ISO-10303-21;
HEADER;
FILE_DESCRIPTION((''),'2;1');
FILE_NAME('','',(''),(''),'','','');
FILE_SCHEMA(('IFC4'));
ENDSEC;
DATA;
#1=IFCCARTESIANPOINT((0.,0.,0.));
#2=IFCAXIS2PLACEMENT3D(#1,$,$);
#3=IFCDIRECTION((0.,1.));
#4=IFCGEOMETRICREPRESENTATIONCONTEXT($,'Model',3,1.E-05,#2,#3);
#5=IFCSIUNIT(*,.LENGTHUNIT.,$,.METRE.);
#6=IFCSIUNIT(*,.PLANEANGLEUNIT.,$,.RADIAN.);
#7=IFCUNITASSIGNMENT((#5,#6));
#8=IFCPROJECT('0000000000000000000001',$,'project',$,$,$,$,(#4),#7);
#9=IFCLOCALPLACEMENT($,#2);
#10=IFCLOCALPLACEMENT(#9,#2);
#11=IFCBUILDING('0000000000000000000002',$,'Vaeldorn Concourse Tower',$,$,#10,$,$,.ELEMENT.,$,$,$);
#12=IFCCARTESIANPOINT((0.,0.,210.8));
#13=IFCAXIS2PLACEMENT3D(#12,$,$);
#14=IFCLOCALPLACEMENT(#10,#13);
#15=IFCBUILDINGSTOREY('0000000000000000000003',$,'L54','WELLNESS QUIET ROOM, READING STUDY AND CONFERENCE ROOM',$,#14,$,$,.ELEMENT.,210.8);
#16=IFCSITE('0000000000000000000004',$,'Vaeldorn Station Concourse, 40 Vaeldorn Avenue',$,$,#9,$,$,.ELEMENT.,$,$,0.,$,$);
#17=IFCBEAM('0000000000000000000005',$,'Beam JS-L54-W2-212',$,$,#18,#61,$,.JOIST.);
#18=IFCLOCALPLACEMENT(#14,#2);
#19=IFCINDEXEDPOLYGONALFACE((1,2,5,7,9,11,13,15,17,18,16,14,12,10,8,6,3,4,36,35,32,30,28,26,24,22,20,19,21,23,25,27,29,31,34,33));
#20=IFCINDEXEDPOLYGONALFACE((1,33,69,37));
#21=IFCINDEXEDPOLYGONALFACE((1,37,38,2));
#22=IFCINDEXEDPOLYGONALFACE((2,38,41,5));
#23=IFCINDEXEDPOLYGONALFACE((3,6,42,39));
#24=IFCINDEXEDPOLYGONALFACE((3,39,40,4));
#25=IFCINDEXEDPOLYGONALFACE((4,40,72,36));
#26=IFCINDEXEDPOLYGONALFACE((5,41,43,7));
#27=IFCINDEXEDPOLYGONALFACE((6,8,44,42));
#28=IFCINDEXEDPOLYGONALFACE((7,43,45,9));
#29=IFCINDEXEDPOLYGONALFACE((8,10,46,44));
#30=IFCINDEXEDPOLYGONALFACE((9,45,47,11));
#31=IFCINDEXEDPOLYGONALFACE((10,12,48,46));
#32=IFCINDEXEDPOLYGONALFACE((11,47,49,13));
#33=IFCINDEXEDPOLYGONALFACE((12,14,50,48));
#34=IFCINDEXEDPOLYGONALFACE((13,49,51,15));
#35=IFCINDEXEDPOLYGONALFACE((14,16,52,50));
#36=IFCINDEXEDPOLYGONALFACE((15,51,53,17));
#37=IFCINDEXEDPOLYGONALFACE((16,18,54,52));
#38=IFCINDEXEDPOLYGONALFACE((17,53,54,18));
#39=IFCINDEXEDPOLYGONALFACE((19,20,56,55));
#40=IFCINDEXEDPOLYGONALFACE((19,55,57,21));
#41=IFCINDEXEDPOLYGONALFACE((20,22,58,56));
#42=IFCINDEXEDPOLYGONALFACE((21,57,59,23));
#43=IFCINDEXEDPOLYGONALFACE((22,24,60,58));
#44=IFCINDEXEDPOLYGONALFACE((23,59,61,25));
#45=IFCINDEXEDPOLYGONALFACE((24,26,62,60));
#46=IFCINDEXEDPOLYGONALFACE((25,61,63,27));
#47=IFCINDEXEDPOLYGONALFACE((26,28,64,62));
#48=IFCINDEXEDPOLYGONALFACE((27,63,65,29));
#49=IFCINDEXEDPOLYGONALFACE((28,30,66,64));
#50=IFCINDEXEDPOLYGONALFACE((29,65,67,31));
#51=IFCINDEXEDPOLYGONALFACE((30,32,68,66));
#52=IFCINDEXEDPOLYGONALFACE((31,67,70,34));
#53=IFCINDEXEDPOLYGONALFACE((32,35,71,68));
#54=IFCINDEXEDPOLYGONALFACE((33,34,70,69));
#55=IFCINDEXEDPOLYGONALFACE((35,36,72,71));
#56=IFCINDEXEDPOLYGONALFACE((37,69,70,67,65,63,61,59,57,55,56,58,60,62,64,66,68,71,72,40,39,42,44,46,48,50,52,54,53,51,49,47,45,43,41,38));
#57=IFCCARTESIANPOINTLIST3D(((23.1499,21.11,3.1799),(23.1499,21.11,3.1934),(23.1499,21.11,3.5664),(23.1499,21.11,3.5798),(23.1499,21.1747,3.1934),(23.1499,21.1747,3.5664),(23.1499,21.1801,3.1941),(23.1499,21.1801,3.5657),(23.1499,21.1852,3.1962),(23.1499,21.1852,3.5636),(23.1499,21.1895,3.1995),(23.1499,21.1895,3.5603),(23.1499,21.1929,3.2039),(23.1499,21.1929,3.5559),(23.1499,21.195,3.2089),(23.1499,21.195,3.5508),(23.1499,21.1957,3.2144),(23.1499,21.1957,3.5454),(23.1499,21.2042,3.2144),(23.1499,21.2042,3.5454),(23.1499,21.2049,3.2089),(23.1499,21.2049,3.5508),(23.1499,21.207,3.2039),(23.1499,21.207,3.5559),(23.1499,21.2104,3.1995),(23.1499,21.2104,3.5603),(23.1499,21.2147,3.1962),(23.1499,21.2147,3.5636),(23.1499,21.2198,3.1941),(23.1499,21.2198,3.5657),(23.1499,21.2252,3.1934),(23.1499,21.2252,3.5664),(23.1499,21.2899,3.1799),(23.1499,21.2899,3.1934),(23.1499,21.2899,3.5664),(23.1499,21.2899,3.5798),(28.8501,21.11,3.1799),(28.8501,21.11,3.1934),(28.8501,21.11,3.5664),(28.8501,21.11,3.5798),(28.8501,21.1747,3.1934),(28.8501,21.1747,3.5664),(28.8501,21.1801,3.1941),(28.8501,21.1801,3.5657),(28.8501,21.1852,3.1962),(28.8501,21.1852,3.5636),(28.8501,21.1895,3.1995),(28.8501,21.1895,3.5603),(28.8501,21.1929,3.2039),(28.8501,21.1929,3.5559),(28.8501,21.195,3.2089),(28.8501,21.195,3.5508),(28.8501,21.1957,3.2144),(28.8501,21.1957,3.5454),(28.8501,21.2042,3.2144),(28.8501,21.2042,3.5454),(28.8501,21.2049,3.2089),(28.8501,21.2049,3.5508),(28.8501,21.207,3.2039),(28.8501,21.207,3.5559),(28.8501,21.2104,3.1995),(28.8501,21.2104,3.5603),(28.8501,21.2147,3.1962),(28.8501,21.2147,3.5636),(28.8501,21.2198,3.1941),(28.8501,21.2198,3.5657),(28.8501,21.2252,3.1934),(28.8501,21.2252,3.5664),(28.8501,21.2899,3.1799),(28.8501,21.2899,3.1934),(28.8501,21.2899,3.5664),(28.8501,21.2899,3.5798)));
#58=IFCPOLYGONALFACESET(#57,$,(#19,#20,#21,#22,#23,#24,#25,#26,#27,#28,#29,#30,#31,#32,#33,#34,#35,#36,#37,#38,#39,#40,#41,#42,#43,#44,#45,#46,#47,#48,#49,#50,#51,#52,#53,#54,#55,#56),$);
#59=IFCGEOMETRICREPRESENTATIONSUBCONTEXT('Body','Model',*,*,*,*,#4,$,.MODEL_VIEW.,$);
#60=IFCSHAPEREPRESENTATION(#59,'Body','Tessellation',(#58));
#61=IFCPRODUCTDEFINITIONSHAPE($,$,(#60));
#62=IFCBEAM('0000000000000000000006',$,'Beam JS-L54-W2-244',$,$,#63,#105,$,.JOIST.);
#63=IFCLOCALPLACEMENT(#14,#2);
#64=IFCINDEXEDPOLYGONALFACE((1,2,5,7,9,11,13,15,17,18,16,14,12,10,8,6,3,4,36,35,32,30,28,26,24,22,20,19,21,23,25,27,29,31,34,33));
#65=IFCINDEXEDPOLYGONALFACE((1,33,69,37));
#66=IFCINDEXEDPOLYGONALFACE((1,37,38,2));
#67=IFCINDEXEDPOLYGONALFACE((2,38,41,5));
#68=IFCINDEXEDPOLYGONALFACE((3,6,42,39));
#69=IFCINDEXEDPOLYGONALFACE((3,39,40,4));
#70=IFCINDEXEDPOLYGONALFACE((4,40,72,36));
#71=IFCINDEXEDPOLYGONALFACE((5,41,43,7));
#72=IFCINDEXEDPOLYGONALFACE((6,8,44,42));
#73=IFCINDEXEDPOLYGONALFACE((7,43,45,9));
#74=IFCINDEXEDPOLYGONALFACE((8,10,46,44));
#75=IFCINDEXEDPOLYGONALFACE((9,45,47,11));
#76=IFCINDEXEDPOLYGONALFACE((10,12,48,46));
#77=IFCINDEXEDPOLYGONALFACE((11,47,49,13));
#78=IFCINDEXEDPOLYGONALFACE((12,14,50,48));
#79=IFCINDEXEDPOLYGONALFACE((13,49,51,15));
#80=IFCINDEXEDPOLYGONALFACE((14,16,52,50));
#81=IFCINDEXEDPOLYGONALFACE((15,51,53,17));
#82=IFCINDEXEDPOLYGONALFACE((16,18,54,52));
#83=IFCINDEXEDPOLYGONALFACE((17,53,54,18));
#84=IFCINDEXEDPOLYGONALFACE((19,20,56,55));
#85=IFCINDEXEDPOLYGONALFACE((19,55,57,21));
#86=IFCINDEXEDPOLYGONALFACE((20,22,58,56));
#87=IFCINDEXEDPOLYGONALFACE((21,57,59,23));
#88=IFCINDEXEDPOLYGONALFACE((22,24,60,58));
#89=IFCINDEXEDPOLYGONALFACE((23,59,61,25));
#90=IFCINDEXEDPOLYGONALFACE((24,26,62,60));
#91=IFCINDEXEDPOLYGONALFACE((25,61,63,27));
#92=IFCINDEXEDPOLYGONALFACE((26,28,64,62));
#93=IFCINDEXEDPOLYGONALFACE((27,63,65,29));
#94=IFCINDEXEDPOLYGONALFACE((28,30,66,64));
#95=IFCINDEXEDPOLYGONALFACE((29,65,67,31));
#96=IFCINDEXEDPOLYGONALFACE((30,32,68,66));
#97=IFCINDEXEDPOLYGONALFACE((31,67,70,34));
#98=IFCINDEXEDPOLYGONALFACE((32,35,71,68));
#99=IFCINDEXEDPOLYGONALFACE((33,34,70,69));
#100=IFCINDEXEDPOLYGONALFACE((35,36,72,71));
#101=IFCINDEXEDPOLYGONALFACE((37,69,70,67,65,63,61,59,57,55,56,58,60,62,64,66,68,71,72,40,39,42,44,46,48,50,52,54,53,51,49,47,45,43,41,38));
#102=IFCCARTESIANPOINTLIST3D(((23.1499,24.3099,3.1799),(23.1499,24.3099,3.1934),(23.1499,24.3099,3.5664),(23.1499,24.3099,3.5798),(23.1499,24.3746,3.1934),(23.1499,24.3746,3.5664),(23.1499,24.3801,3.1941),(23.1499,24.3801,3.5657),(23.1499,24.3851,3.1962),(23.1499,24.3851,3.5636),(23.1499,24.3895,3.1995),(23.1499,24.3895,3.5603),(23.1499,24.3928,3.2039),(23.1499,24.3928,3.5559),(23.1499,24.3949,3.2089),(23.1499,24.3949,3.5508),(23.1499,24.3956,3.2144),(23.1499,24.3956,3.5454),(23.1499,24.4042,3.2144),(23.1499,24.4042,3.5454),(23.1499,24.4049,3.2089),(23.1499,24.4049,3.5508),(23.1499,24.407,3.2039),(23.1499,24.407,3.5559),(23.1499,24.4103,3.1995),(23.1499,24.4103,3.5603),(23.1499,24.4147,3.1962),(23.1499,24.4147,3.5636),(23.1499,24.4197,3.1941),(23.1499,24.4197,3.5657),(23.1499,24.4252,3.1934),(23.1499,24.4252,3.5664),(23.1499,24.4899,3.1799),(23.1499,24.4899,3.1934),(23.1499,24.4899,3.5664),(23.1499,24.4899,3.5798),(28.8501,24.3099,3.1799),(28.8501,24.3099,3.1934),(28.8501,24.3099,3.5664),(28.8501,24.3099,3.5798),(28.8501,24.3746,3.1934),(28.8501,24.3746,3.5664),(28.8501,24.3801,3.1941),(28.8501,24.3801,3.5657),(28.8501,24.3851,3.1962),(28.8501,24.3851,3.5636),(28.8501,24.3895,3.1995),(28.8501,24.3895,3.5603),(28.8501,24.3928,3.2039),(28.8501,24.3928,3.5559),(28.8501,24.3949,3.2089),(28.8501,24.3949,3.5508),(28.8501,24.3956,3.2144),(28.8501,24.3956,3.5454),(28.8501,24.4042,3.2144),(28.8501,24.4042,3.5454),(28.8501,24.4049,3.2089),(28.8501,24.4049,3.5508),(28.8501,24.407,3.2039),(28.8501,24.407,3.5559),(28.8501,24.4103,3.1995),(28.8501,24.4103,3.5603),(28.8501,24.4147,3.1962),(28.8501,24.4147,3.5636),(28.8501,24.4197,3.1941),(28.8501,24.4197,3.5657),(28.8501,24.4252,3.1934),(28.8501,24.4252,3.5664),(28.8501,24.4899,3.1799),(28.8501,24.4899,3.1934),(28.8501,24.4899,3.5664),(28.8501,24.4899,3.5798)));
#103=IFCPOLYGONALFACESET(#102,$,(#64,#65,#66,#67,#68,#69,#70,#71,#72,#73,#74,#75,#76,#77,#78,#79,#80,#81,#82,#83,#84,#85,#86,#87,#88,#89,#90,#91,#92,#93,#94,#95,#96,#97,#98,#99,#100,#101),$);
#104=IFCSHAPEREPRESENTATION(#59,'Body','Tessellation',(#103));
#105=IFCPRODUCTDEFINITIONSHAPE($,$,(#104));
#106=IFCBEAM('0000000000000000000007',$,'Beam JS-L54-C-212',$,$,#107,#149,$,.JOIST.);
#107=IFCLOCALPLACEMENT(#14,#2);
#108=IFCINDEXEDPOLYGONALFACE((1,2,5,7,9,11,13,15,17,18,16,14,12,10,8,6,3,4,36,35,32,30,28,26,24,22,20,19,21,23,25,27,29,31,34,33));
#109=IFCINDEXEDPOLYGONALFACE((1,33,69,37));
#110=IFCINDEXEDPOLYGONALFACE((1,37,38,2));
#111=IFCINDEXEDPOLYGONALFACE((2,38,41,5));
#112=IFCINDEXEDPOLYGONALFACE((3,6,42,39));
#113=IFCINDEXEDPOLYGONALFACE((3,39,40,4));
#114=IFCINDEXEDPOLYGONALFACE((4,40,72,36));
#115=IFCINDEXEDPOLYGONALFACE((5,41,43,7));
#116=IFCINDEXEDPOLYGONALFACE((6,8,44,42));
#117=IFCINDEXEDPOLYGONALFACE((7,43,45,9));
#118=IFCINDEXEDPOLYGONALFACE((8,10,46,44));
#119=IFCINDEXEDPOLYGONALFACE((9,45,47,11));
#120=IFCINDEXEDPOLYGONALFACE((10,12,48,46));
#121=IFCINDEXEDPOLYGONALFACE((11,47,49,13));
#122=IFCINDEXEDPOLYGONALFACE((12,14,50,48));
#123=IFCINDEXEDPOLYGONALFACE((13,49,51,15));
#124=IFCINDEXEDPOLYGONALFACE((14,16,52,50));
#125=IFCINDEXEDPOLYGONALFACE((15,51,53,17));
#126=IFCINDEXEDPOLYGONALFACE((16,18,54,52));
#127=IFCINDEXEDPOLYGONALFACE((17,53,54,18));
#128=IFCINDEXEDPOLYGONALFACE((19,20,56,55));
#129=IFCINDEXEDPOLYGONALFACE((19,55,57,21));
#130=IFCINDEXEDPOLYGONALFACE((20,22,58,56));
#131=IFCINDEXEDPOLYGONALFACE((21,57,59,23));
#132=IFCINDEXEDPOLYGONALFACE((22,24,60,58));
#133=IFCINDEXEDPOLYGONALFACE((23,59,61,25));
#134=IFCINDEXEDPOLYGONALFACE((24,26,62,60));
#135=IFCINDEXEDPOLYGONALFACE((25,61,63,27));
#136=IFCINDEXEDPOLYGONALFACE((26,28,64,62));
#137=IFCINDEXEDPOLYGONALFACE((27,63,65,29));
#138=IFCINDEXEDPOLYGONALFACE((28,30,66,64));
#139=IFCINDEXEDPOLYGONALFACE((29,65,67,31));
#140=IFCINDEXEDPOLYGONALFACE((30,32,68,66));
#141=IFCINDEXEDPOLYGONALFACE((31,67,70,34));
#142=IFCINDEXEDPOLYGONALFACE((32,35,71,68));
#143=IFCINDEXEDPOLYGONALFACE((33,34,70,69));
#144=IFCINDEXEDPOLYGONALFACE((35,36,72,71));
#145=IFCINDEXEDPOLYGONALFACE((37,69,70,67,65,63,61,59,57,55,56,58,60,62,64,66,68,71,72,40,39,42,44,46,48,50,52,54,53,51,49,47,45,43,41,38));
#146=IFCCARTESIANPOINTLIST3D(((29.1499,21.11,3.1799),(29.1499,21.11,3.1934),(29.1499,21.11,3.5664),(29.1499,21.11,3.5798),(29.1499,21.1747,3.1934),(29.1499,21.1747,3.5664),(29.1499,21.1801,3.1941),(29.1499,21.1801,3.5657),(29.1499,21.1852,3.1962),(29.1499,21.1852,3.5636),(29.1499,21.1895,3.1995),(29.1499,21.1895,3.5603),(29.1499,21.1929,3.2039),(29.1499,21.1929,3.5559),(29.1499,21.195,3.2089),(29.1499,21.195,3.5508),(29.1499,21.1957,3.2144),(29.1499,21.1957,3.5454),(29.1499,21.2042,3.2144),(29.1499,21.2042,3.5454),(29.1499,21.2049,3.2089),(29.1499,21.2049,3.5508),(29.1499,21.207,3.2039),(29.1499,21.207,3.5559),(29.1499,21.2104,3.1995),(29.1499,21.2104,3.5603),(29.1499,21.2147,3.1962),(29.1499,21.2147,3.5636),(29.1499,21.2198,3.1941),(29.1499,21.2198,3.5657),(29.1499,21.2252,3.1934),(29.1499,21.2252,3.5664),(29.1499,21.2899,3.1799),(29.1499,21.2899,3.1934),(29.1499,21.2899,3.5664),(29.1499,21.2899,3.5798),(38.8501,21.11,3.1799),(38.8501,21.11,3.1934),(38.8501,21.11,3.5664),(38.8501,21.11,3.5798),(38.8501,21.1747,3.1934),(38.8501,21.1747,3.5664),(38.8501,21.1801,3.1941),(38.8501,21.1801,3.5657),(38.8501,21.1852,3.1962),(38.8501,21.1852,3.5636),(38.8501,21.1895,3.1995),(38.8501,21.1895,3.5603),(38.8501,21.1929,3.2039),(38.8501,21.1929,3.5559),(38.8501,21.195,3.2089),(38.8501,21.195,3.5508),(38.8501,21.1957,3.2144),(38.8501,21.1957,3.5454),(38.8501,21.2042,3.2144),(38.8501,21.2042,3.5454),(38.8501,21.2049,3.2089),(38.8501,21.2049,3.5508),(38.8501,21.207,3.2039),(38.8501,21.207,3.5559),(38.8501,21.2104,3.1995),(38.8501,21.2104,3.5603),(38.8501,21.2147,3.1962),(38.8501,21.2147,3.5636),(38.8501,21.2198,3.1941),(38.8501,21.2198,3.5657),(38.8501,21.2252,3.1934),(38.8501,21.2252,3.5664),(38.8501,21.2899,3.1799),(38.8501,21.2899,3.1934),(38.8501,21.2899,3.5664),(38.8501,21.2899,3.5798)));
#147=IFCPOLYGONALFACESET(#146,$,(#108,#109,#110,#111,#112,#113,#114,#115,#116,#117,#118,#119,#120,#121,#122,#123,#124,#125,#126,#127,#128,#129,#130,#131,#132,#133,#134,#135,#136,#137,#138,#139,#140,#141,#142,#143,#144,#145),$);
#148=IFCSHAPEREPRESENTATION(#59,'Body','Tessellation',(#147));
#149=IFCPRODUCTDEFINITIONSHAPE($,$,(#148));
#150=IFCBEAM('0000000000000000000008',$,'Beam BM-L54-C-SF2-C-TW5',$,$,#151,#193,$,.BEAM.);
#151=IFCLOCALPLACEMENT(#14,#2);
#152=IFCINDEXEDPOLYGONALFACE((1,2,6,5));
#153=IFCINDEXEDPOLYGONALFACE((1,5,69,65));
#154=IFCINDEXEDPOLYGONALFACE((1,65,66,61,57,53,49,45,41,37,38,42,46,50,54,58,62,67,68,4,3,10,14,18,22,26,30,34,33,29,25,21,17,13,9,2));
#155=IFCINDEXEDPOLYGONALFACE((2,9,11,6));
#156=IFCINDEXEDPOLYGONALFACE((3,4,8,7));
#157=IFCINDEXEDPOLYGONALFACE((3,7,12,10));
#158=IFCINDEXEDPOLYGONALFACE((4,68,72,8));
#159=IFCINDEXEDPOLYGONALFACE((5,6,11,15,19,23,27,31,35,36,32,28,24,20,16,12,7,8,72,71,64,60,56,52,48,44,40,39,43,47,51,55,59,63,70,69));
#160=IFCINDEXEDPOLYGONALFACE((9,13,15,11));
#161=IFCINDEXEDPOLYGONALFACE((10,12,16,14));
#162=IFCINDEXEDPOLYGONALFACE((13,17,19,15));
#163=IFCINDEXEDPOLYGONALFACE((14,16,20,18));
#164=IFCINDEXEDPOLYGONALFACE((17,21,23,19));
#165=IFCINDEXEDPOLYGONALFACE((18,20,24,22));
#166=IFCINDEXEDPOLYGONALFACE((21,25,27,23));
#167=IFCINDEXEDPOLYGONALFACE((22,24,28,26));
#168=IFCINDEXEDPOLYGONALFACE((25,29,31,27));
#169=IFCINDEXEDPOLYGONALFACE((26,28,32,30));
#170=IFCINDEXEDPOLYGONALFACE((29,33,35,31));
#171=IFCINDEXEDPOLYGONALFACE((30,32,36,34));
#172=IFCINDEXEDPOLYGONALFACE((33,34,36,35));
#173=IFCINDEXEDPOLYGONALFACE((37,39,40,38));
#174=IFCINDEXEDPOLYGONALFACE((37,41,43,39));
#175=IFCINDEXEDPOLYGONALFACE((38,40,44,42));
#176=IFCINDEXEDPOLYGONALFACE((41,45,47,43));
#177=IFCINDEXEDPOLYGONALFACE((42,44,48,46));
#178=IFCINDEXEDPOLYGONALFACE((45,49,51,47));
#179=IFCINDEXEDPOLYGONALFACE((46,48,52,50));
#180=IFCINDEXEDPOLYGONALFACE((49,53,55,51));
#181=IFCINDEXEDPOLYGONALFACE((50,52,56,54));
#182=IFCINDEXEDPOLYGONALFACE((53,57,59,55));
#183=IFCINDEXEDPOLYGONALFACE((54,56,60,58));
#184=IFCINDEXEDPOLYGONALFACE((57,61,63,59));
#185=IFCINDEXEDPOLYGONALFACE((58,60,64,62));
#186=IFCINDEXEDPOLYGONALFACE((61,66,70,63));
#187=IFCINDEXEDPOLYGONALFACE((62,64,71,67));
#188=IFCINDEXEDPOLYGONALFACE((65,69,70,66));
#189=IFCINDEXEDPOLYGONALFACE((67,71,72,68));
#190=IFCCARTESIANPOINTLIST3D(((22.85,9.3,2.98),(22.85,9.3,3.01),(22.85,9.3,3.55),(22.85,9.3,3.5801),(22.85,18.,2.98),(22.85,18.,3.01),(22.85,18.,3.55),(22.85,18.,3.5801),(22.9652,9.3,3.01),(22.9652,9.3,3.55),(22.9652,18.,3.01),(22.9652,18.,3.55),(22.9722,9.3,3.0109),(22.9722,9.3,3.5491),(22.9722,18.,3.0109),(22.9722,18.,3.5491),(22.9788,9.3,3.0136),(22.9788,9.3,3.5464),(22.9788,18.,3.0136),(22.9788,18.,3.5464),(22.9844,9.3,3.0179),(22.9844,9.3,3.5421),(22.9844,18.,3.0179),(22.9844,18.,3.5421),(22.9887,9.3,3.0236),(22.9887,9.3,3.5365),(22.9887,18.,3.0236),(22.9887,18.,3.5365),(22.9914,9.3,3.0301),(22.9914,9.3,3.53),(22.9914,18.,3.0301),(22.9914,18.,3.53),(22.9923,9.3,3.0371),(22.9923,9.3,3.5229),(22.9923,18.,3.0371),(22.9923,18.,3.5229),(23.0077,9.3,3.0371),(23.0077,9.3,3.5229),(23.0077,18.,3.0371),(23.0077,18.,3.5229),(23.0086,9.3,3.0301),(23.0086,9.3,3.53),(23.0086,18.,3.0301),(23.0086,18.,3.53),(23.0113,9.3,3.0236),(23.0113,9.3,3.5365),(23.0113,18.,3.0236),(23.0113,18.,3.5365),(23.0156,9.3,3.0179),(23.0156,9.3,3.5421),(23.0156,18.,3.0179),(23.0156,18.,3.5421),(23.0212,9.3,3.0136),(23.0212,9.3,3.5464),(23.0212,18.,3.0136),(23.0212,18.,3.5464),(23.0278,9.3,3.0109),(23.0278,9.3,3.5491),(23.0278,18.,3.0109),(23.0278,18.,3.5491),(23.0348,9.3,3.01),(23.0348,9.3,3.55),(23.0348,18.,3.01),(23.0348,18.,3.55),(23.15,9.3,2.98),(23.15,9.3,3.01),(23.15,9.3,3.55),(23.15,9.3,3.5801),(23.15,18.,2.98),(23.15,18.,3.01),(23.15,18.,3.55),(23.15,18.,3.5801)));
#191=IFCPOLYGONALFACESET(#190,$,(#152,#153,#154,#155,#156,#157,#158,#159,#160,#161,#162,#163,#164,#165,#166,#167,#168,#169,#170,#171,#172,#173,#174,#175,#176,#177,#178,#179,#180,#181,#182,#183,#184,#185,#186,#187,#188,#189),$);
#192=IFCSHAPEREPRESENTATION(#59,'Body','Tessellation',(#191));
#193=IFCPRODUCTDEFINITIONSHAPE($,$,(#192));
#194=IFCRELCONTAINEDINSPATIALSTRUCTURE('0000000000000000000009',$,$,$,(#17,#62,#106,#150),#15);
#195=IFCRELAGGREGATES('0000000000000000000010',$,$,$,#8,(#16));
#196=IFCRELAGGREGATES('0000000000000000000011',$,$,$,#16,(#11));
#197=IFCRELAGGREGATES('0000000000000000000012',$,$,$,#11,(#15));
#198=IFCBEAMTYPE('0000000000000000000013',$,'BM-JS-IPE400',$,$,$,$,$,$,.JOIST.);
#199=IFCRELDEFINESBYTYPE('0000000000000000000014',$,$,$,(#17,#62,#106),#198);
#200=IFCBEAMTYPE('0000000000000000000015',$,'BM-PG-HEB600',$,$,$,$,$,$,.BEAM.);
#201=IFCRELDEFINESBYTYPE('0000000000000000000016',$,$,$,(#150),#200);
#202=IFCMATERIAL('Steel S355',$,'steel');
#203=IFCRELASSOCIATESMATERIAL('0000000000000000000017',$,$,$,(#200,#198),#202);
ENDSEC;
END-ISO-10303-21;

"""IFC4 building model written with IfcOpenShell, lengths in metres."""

from ifc_helpers import new_model, si_unit, direction, frame, origin, origin_2d, place, context, subcontext, project, spatial, i_section, extrude, source, transform, mapped, material, material_profile, profile_set, type_object, element, save


model = new_model("IFC4")

# Units and contexts
model_context = context("Model", 3, precision=1e-05, world=origin(), true_north=direction((0.0, 1.0)))
body_context = subcontext(model_context, "Body", "Model", "MODEL_VIEW")
ifc_project = project(units=[si_unit("LENGTHUNIT", "METRE"), si_unit("PLANEANGLEUNIT", "RADIAN")], contexts=[model_context])

# Site, building, storey
site_placement = place(None, origin())
site = spatial("IfcSite", under=ifc_project, at=site_placement, Name="Vaeldorn Station Concourse, 40 Vaeldorn Avenue", CompositionType="ELEMENT", RefElevation=0.0)
building_placement = place(site_placement, origin())
building = spatial("IfcBuilding", under=site, at=building_placement, Name="Vaeldorn Concourse Tower", CompositionType="ELEMENT")
storey_placement = place(building_placement, frame((0.0, 0.0, 210.8)))
storey = spatial("IfcBuildingStorey", under=building, at=storey_placement, Name="L54", Description="WELLNESS QUIET ROOM, READING STUDY AND CONFERENCE ROOM", CompositionType="ELEMENT", Elevation=210.8)

# Shared definitions
ifc_material_1 = material(Name="Steel S355", Category="steel")

# Beams
ifc_material_profile_1 = material_profile(ifc_material_1, i_section(OverallWidth=0.3, OverallDepth=0.6001, WebThickness=0.0154, FlangeThickness=0.03, FilletRadius=0.0271, at=origin_2d()), Name="HEB 600")
ifc_profile_set_1 = profile_set([ifc_material_profile_1], Name="Steel S355")
beam_type_1 = type_object("IfcBeamType", Name="BM-PG-HEB600", PredefinedType="BEAM", material=ifc_profile_set_1)
ifc_material_profile_2 = material_profile(ifc_material_1, i_section(OverallWidth=0.1799, OverallDepth=0.3999, WebThickness=0.0085, FlangeThickness=0.0134, FilletRadius=0.021, at=origin_2d()), Name="IPE 400")
ifc_profile_set_2 = profile_set([ifc_material_profile_2], Name="Steel S355")
beam_type_2 = type_object("IfcBeamType", Name="BM-JS-IPE400", PredefinedType="JOIST", material=ifc_profile_set_2)
shared_shape_1 = source(origin(), body_context, "Body", "SweptSolid", [
    extrude(i_section(OverallWidth=0.1799, OverallDepth=0.3999, WebThickness=0.0085, FlangeThickness=0.0134, FilletRadius=0.021, at=origin_2d()), origin(), (0.0, 0.0, 1.0), 5.7002),
])
for number, where, z_axis, x_axis, name in (
    (1, (23.1499, 21.2, 3.3799), (1.0, 0.0, 0.0), (0.0, 1.0, 0.0), "Beam JS-L54-W2-212"),
    (2, (23.1499, 24.3999, 3.3799), (1.0, 0.0, 0.0), (0.0, 1.0, 0.0), "Beam JS-L54-W2-244"),
):
    element("IfcBeam", number, at=place(storey_placement, frame(where, z_axis=z_axis, x_axis=x_axis)), inside=storey, type_object=beam_type_2, Name=name, PredefinedType="JOIST", context=body_context, shape_type="MappedRepresentation", body=[
        mapped(shared_shape_1, transform((0.0, 0.0, 0.0), scale=1.0)),
    ])
shared_shape_2 = source(origin(), body_context, "Body", "SweptSolid", [
    extrude(i_section(OverallWidth=0.1799, OverallDepth=0.3999, WebThickness=0.0085, FlangeThickness=0.0134, FilletRadius=0.021, at=origin_2d()), origin(), (0.0, 0.0, 1.0), 9.7002),
])
beam_1_placement = place(storey_placement, frame((29.1499, 21.2, 3.3799), z_axis=(1.0, 0.0, 0.0), x_axis=(0.0, 1.0, 0.0)))
element("IfcBeam", 3, at=beam_1_placement, inside=storey, type_object=beam_type_2, Name="Beam JS-L54-C-212", PredefinedType="JOIST", context=body_context, shape_type="MappedRepresentation", body=[
    mapped(shared_shape_2, transform((0.0, 0.0, 0.0), scale=1.0)),
])
shared_shape_3 = source(origin(), body_context, "Body", "SweptSolid", [
    extrude(i_section(OverallWidth=0.3, OverallDepth=0.6001, WebThickness=0.0154, FlangeThickness=0.03, FilletRadius=0.0271, at=origin_2d()), origin(), (0.0, 0.0, 1.0), 8.7),
])
beam_2_placement = place(storey_placement, frame((23.0, 9.3, 3.28), z_axis=(0.0, 1.0, 0.0), x_axis=(-1.0, 0.0, 0.0)))
element("IfcBeam", 4, at=beam_2_placement, inside=storey, type_object=beam_type_1, Name="Beam BM-L54-C-SF2-C-TW5", PredefinedType="BEAM", context=body_context, shape_type="MappedRepresentation", body=[
    mapped(shared_shape_3, transform((0.0, 0.0, 0.0), scale=1.0)),
])

save(model, "model.ifc")
